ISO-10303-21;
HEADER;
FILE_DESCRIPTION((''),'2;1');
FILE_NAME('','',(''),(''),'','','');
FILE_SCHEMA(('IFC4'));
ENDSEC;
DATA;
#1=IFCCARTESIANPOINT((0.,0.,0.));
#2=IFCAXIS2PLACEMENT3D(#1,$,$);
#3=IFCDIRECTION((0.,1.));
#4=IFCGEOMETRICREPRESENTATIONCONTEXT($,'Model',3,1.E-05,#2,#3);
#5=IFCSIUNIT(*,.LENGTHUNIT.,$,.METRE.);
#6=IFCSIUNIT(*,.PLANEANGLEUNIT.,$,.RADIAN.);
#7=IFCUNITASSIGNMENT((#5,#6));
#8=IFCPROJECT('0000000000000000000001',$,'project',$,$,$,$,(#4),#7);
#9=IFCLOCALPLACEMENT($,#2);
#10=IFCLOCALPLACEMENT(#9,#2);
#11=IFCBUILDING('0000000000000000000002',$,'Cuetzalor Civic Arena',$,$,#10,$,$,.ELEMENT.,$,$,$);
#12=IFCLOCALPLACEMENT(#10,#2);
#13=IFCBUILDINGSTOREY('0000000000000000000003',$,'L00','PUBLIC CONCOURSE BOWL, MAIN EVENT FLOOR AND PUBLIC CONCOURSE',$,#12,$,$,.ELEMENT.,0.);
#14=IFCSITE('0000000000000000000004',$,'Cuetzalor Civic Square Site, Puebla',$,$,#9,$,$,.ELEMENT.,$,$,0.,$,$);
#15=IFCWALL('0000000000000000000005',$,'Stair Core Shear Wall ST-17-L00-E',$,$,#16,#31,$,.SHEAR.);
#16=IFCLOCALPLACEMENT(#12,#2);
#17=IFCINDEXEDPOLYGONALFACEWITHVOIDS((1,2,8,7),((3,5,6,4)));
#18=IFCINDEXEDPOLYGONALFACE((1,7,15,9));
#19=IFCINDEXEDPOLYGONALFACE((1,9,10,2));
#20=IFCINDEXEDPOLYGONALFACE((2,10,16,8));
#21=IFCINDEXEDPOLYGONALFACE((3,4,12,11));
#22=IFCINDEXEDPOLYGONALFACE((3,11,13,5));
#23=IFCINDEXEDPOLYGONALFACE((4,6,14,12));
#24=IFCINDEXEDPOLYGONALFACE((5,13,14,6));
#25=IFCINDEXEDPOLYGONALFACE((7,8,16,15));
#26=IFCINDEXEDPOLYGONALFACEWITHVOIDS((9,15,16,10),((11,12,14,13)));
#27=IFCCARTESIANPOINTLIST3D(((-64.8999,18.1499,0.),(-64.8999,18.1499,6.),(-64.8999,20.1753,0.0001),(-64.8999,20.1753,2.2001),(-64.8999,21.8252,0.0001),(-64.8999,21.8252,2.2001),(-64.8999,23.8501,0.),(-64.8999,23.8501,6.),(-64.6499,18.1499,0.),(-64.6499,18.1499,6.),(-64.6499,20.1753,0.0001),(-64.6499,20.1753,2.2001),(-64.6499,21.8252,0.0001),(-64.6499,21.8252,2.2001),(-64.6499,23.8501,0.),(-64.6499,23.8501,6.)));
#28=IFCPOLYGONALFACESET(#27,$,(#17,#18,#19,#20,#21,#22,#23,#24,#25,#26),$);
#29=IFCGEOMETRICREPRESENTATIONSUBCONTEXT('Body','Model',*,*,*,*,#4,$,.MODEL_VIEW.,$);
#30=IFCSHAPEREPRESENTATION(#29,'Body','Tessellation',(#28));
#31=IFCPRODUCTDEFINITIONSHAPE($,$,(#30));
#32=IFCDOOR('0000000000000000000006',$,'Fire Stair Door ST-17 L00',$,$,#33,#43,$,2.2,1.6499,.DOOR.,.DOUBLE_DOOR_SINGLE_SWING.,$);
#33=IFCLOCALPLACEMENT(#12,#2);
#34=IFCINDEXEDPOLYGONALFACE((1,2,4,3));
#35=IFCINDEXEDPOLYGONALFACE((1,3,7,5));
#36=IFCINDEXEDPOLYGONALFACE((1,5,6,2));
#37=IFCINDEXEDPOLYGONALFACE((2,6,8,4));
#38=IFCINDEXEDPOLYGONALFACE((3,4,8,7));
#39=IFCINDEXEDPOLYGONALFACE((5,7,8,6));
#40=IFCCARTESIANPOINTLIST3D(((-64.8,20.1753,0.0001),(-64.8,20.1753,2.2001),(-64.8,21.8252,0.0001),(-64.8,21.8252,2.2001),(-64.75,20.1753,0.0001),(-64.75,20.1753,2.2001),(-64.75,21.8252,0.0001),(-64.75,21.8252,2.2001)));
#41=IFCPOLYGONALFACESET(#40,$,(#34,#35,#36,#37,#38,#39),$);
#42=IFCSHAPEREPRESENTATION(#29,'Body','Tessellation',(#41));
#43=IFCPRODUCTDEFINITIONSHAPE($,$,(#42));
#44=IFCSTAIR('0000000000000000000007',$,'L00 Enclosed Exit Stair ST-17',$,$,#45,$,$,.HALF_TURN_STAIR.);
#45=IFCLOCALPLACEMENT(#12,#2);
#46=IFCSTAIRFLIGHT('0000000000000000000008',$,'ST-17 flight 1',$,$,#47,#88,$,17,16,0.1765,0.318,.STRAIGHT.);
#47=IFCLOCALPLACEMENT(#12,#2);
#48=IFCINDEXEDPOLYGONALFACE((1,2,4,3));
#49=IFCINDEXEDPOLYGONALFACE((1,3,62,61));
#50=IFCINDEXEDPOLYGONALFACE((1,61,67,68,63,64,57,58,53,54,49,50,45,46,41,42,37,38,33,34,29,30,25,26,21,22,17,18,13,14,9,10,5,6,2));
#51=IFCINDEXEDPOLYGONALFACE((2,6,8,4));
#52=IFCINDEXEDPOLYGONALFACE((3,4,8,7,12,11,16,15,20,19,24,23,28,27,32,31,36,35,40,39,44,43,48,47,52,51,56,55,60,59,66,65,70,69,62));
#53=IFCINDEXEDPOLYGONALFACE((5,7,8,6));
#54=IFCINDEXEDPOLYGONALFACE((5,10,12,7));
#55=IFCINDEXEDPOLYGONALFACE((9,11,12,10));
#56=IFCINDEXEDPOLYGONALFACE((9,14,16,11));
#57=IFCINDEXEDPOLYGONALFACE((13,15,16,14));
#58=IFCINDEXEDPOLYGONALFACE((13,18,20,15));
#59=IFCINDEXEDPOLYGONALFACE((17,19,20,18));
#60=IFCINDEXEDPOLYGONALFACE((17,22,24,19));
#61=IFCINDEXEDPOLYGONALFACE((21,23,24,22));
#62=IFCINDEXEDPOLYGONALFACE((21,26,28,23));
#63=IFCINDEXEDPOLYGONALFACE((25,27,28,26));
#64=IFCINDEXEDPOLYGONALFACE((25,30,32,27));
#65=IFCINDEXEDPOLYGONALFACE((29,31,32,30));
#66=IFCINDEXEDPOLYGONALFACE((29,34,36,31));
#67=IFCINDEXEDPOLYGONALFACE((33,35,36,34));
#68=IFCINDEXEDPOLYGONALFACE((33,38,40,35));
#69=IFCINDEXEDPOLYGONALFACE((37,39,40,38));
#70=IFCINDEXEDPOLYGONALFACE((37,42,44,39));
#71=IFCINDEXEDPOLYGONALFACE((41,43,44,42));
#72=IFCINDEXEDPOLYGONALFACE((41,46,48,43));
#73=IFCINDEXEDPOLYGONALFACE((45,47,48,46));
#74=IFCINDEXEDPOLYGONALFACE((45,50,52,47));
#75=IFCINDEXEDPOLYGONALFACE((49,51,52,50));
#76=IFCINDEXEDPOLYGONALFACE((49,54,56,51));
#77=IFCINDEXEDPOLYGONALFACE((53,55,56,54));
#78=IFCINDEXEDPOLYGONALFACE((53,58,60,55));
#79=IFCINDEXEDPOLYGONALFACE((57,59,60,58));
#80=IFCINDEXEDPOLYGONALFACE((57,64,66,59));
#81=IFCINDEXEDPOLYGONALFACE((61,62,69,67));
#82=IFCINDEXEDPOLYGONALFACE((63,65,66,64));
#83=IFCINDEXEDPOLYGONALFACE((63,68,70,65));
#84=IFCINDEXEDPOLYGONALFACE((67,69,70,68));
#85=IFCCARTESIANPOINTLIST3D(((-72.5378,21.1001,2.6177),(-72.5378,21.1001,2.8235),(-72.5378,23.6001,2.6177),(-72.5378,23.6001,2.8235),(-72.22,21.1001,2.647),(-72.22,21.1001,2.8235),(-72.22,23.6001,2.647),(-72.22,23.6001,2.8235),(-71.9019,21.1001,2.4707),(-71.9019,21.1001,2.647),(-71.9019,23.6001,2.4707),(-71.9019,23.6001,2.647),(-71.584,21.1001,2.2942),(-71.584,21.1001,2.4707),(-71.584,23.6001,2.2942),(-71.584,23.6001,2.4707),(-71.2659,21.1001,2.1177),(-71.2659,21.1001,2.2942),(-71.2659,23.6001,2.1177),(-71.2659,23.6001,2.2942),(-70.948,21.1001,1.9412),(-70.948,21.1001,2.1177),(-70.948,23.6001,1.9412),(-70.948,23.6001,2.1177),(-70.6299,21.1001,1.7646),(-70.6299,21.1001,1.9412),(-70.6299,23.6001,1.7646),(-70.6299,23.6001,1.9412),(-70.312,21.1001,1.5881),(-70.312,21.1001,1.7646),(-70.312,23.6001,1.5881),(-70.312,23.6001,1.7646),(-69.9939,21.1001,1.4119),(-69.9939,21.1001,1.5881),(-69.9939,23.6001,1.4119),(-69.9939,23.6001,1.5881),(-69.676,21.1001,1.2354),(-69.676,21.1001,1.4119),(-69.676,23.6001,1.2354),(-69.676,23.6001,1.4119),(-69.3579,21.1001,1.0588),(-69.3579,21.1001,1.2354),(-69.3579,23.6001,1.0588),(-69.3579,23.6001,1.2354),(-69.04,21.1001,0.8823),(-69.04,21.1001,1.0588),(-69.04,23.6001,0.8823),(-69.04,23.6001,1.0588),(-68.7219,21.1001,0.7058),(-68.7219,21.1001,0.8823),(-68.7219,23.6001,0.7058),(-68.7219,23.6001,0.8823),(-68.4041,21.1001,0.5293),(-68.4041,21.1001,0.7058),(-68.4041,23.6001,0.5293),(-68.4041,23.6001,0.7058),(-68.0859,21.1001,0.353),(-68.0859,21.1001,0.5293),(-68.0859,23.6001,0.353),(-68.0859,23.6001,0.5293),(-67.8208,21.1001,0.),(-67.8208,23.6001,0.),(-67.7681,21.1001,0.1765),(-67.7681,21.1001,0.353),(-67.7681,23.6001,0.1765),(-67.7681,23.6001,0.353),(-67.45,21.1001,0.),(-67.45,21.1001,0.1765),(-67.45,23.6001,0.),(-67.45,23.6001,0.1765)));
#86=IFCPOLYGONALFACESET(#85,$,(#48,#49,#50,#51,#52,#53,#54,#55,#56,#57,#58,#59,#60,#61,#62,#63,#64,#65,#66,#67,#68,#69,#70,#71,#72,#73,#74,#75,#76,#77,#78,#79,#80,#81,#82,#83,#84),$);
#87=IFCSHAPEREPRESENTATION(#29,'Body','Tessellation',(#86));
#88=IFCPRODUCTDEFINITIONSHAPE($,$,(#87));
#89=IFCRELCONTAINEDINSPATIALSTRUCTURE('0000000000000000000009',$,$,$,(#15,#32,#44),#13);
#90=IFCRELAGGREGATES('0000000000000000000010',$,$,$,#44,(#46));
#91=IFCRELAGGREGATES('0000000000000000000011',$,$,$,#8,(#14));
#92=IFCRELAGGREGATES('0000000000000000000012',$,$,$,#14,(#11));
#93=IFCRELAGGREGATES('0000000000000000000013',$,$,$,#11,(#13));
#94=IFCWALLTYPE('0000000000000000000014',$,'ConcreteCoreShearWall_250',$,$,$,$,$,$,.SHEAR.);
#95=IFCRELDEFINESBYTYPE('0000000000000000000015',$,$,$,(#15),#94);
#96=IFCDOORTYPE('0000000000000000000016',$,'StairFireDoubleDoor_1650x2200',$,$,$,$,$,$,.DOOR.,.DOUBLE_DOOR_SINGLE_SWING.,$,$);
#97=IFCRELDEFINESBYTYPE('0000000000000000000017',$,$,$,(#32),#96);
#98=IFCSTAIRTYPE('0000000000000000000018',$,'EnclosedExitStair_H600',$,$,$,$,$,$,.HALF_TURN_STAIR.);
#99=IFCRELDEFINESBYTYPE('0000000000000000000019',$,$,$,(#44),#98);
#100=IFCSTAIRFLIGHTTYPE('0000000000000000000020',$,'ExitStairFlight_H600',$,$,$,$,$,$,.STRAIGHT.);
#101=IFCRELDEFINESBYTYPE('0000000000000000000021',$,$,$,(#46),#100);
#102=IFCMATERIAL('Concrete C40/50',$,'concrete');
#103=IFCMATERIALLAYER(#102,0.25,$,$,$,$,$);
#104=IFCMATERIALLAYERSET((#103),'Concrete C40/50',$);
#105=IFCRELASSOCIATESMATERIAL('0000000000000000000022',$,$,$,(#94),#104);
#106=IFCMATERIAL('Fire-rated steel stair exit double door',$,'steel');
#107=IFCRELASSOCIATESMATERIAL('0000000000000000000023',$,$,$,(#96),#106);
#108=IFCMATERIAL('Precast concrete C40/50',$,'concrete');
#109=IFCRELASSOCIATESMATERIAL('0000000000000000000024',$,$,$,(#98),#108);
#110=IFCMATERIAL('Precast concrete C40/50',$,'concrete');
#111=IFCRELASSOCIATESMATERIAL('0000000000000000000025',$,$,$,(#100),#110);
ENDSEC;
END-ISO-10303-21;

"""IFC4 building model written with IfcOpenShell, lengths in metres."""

from ifc_helpers import new_model, si_unit, direction, frame, frame_2d, origin, place, context, subcontext, project, spatial, polyline, rectangle, outline, extrude, material, layer, layer_set, type_object, element, fill, aggregate, save


model = new_model("IFC4")

# Units and contexts
model_context = context("Model", 3, precision=1e-05, world=origin(), true_north=direction((0.0, 1.0)))
body_context = subcontext(model_context, "Body", "Model", "MODEL_VIEW")
ifc_project = project(units=[si_unit("LENGTHUNIT", "METRE"), si_unit("PLANEANGLEUNIT", "RADIAN")], contexts=[model_context])

# Site, building, storey
site_placement = place(None, origin())
site = spatial("IfcSite", under=ifc_project, at=site_placement, Name="Cuetzalor Civic Square Site, Puebla", CompositionType="ELEMENT", RefElevation=0.0)
building_placement = place(site_placement, origin())
building = spatial("IfcBuilding", under=site, at=building_placement, Name="Cuetzalor Civic Arena", CompositionType="ELEMENT")
storey_placement = place(building_placement, origin())
storey = spatial("IfcBuildingStorey", under=building, at=storey_placement, Name="L00", Description="PUBLIC CONCOURSE BOWL, MAIN EVENT FLOOR AND PUBLIC CONCOURSE", CompositionType="ELEMENT", Elevation=0.0)

# Shared definitions
ifc_material_1 = material(Name="Concrete C40/50", Category="concrete")
ifc_layer_1 = layer(ifc_material_1, 0.25)
ifc_layer_set_1 = layer_set([ifc_layer_1], Name="Concrete C40/50")
wall_type = type_object("IfcWallType", Name="ConcreteCoreShearWall_250", PredefinedType="SHEAR", material=ifc_layer_set_1)

# Wall, opening, door
wall_1_placement = place(storey_placement, frame((-64.7749, 23.8501, 0.0), z_axis=(0.0, 0.0, 1.0), x_axis=(0.0, -1.0, 0.0)))
wall_1 = element("IfcWall", 1, at=wall_1_placement, inside=storey, type_object=wall_type, Name="Stair Core Shear Wall ST-17-L00-E", PredefinedType="SHEAR", context=body_context, shape_type="SweptSolid", body=[
    extrude(rectangle(XDim=5.7002, YDim=0.25, at=frame_2d((2.8501, 0.0))), origin(), (0.0, 0.0, 1.0), 6.0),
])
opening_placement = place(wall_1_placement, frame((2.0249, 0.0, 0.0)))
opening = element("IfcOpeningElement", 2, at=opening_placement, cuts=wall_1, PredefinedType="OPENING", context=body_context, shape_type="SweptSolid", body=[
    extrude(rectangle(XDim=1.6499, YDim=2.2, at=frame_2d((0.825, 1.1001))), frame((0.0, 0.135, 0.0), z_axis=(0.0, -1.0, 0.0), x_axis=(1.0, 0.0, 0.0)), (0.0, 0.0, 1.0), 0.27),
])
ifc_material_2 = material(Name="Fire-rated steel stair exit double door", Category="steel")
door_type = type_object("IfcDoorType", Name="StairFireDoubleDoor_1650x2200", OperationType="DOUBLE_DOOR_SINGLE_SWING", PredefinedType="DOOR", material=ifc_material_2)
door_placement = place(opening_placement, origin())
door = element("IfcDoor", 3, at=door_placement, inside=storey, type_object=door_type, Name="Fire Stair Door ST-17 L00", OperationType="DOUBLE_DOOR_SINGLE_SWING", OverallHeight=2.2, OverallWidth=1.6499, PredefinedType="DOOR", context=body_context, shape_type="SweptSolid", body=[
    extrude(rectangle(XDim=1.6499, YDim=2.2, at=frame_2d((0.825, 1.1001))), frame((0.0, 0.0249, 0.0), z_axis=(0.0, -1.0, 0.0), x_axis=(1.0, 0.0, 0.0)), (0.0, 0.0, 1.0), 0.05),
])
fill(opening, door)

# Stair, stair flight
ifc_material_3 = material(Name="Precast concrete C40/50", Category="concrete")
stair_type = type_object("IfcStairType", Name="EnclosedExitStair_H600", PredefinedType="HALF_TURN_STAIR", material=ifc_material_3)
stair_placement = place(storey_placement, origin())
stair = element("IfcStair", 4, at=stair_placement, inside=storey, type_object=stair_type, Name="L00 Enclosed Exit Stair ST-17", PredefinedType="HALF_TURN_STAIR")
ifc_material_4 = material(Name="Precast concrete C40/50", Category="concrete")
stair_flight_type = type_object("IfcStairFlightType", Name="ExitStairFlight_H600", PredefinedType="STRAIGHT", material=ifc_material_4)
stair_flight_placement = place(storey_placement, frame((-67.45, 22.3501, 0.0), z_axis=(0.0, 0.0, 1.0), x_axis=(-1.0, 0.0, 0.0)))
stair_flight = element("IfcStairFlight", 5, at=stair_flight_placement, type_object=stair_flight_type, Name="ST-17 flight 1", NumberOfRisers=17, NumberOfTreads=16, PredefinedType="STRAIGHT", RiserHeight=0.1765, TreadLength=0.318, context=body_context, shape_type="SweptSolid", body=[
    extrude(outline(polyline([(0.0, 0.0), (0.0, 0.1765), (0.3181, 0.1765), (0.3181, 0.353), (0.636, 0.353), (0.636, 0.5293), (0.9541, 0.5293), (0.9541, 0.7058), (1.272, 0.7058), (1.272, 0.8823), (1.5901, 0.8823), (1.5901, 1.0588), (1.908, 1.0588), (1.908, 1.2354), (2.2261, 1.2354), (2.2261, 1.4119), (2.5439, 1.4119), (2.5439, 1.5881), (2.8621, 1.5881), (2.8621, 1.7646), (3.1799, 1.7646), (3.1799, 1.9412), (3.498, 1.9412), (3.498, 2.1177), (3.8159, 2.1177), (3.8159, 2.2942), (4.134, 2.2942), (4.134, 2.4707), (4.4519, 2.4707), (4.4519, 2.647), (4.77, 2.647), (4.77, 2.8235), (5.0879, 2.8235), (5.0879, 3.0), (5.0879, 2.6177), (0.3708, 0.0), (0.0, 0.0)])), frame((0.0, 1.25, 0.0), z_axis=(0.0, -1.0, 0.0), x_axis=(1.0, 0.0, 0.0)), (0.0, 0.0, 1.0), 2.5),
])
aggregate(stair, [stair_flight])

save(model, "model.ifc")
